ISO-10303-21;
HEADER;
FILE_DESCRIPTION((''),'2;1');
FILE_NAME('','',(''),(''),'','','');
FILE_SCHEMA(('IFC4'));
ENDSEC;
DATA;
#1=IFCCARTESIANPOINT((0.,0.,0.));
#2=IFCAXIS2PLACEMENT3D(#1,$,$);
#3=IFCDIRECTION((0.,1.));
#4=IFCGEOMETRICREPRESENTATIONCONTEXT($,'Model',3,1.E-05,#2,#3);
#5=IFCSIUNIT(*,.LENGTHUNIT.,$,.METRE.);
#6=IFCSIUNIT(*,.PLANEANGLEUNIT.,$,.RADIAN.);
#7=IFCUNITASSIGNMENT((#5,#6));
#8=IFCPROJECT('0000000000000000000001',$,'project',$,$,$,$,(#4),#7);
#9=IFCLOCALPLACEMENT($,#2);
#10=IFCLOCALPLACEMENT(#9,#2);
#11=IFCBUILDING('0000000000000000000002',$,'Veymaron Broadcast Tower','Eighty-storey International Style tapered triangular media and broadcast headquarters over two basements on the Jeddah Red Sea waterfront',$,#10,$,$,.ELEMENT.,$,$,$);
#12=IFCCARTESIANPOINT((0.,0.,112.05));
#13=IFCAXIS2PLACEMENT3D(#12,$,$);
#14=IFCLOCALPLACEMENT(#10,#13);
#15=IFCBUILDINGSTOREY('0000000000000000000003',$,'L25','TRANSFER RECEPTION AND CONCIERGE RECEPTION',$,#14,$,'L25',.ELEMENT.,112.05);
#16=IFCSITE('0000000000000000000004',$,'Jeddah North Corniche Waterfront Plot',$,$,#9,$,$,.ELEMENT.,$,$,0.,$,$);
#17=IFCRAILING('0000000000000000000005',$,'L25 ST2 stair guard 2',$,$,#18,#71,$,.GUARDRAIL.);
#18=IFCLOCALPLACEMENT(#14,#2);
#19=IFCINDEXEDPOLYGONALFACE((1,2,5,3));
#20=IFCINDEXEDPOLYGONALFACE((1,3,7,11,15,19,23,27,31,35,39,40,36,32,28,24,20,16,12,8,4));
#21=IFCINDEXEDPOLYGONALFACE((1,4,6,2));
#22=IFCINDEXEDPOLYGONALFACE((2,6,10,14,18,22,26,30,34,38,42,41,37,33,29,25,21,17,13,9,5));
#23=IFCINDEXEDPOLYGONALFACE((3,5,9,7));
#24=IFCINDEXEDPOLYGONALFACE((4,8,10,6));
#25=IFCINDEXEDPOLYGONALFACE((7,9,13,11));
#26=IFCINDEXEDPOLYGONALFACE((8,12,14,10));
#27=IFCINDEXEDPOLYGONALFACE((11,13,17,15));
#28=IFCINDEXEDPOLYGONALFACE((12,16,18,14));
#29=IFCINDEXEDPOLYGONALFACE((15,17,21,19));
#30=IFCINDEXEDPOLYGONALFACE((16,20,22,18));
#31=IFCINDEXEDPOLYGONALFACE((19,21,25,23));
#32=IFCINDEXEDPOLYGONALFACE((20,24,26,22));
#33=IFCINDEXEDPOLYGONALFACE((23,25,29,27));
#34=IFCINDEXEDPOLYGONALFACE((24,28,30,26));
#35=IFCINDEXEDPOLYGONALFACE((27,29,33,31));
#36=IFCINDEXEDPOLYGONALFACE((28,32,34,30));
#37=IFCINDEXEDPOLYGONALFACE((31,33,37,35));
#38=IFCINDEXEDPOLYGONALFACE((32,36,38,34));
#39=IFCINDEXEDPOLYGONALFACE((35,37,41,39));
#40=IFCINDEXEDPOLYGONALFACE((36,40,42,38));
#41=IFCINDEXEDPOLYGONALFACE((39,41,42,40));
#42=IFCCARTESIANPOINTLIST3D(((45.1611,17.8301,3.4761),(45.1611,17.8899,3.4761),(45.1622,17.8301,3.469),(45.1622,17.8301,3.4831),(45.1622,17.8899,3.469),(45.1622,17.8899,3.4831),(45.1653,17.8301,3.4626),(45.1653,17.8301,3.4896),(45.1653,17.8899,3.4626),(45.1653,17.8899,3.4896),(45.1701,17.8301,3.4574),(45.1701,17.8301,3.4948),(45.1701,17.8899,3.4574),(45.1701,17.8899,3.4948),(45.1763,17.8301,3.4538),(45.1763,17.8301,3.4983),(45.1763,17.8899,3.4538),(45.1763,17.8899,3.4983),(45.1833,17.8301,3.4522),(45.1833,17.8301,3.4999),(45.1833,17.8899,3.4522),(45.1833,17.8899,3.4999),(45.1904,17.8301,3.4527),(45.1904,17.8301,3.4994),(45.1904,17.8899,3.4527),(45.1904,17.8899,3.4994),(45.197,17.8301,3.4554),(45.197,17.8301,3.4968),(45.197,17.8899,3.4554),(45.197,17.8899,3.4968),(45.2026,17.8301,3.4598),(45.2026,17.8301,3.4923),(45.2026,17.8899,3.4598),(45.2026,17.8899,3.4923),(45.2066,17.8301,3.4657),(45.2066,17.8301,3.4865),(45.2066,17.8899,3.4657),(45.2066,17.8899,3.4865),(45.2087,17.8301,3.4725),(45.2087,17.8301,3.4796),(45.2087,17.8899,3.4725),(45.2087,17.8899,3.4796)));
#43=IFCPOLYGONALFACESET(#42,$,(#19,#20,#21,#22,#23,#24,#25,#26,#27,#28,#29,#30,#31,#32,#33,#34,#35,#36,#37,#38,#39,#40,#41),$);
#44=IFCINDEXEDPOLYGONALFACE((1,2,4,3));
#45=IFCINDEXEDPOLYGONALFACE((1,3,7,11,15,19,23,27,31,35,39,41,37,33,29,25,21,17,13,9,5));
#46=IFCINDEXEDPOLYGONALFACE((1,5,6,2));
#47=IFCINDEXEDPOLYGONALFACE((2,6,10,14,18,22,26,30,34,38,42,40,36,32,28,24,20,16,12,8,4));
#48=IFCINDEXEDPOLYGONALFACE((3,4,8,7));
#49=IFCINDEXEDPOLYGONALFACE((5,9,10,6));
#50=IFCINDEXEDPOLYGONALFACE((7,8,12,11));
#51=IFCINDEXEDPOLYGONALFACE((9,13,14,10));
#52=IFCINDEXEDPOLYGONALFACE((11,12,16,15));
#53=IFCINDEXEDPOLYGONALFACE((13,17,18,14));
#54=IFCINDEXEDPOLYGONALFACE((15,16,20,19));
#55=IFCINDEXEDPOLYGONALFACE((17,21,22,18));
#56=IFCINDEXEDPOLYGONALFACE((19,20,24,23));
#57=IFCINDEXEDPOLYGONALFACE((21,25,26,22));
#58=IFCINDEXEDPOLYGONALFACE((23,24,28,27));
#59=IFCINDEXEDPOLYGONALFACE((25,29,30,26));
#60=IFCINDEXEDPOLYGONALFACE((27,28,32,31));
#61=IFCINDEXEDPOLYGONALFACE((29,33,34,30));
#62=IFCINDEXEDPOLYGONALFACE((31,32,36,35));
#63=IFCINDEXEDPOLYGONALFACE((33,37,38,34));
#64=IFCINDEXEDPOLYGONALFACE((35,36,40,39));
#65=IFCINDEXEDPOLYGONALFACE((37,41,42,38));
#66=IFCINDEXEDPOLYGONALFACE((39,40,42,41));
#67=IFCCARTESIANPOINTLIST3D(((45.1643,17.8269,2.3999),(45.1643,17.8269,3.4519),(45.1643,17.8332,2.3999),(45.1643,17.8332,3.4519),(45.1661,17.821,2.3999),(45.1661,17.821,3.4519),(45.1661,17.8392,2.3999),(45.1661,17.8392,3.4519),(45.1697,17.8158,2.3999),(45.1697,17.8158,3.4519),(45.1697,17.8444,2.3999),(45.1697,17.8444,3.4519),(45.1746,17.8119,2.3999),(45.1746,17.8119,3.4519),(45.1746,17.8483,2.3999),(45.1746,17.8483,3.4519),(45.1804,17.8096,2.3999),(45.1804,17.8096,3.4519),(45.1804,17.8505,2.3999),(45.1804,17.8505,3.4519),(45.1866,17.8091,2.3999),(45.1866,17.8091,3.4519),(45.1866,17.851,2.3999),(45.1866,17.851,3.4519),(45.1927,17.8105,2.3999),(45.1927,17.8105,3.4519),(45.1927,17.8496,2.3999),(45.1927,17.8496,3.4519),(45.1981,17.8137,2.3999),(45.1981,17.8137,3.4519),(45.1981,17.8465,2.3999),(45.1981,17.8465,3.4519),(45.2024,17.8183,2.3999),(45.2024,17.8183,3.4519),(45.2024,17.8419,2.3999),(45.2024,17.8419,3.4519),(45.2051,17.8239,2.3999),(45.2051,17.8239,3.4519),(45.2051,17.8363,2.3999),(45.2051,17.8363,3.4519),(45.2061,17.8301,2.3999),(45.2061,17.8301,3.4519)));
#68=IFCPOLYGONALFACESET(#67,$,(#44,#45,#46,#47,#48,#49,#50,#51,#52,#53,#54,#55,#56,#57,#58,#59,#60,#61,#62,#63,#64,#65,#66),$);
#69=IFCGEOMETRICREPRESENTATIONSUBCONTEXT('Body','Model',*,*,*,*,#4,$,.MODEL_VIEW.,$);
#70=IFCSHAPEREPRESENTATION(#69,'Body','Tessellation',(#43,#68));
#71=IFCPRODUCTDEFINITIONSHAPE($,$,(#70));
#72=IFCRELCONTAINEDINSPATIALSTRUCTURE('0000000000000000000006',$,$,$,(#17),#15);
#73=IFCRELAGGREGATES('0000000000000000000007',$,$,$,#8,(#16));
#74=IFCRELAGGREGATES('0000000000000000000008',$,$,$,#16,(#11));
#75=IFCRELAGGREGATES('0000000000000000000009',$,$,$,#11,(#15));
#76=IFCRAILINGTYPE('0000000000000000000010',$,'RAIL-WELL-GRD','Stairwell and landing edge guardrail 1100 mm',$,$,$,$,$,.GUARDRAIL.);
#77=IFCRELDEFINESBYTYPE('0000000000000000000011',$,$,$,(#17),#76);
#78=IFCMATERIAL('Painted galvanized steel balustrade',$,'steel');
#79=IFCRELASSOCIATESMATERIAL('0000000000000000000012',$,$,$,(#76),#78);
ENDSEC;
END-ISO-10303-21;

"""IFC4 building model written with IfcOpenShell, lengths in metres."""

from ifc_helpers import new_model, si_unit, direction, frame, origin, origin_2d, place, context, subcontext, project, spatial, circle, extrude, material, type_object, element, save


model = new_model("IFC4")

# Units and contexts
model_context = context("Model", 3, precision=1e-05, world=origin(), true_north=direction((0.0, 1.0)))
body_context = subcontext(model_context, "Body", "Model", "MODEL_VIEW")
ifc_project = project(units=[si_unit("LENGTHUNIT", "METRE"), si_unit("PLANEANGLEUNIT", "RADIAN")], contexts=[model_context])

# Site, building, storey
site_placement = place(None, origin())
site = spatial("IfcSite", under=ifc_project, at=site_placement, Name="Jeddah North Corniche Waterfront Plot", CompositionType="ELEMENT", RefElevation=0.0)
building_placement = place(site_placement, origin())
building = spatial("IfcBuilding", under=site, at=building_placement, Name="Veymaron Broadcast Tower", Description="Eighty-storey International Style tapered triangular media and broadcast headquarters over two basements on the Jeddah Red Sea waterfront", CompositionType="ELEMENT")
storey_placement = place(building_placement, frame((0.0, 0.0, 112.05)))
storey = spatial("IfcBuildingStorey", under=building, at=storey_placement, Name="L25", Description="TRANSFER RECEPTION AND CONCIERGE RECEPTION", LongName="L25", CompositionType="ELEMENT", Elevation=112.05)

# Railing
ifc_material_1 = material(Name="Painted galvanized steel balustrade", Category="steel")
railing_type_1 = type_object("IfcRailingType", Name="RAIL-WELL-GRD", Description="Stairwell and landing edge guardrail 1100 mm", PredefinedType="GUARDRAIL", material=ifc_material_1)
railing_1_placement = place(storey_placement, frame((45.1851, 17.8301, 2.3999)))
element("IfcRailing", 1, at=railing_1_placement, inside=storey, type_object=railing_type_1, Name="L25 ST2 stair guard 2", PredefinedType="GUARDRAIL", context=body_context, shape_type="SweptSolid", body=[
    extrude(circle(Radius=0.0239, at=origin_2d()), frame((0.0, 0.0, 1.0762), z_axis=(0.0, 1.0, 0.0), x_axis=(-1.0, 0.0, 0.0)), (0.0, 0.0, 1.0), 0.0598),
    extrude(circle(Radius=0.021, at=origin_2d()), origin(), (0.0, 0.0, 1.0), 1.052),
])

save(model, "model.ifc")
